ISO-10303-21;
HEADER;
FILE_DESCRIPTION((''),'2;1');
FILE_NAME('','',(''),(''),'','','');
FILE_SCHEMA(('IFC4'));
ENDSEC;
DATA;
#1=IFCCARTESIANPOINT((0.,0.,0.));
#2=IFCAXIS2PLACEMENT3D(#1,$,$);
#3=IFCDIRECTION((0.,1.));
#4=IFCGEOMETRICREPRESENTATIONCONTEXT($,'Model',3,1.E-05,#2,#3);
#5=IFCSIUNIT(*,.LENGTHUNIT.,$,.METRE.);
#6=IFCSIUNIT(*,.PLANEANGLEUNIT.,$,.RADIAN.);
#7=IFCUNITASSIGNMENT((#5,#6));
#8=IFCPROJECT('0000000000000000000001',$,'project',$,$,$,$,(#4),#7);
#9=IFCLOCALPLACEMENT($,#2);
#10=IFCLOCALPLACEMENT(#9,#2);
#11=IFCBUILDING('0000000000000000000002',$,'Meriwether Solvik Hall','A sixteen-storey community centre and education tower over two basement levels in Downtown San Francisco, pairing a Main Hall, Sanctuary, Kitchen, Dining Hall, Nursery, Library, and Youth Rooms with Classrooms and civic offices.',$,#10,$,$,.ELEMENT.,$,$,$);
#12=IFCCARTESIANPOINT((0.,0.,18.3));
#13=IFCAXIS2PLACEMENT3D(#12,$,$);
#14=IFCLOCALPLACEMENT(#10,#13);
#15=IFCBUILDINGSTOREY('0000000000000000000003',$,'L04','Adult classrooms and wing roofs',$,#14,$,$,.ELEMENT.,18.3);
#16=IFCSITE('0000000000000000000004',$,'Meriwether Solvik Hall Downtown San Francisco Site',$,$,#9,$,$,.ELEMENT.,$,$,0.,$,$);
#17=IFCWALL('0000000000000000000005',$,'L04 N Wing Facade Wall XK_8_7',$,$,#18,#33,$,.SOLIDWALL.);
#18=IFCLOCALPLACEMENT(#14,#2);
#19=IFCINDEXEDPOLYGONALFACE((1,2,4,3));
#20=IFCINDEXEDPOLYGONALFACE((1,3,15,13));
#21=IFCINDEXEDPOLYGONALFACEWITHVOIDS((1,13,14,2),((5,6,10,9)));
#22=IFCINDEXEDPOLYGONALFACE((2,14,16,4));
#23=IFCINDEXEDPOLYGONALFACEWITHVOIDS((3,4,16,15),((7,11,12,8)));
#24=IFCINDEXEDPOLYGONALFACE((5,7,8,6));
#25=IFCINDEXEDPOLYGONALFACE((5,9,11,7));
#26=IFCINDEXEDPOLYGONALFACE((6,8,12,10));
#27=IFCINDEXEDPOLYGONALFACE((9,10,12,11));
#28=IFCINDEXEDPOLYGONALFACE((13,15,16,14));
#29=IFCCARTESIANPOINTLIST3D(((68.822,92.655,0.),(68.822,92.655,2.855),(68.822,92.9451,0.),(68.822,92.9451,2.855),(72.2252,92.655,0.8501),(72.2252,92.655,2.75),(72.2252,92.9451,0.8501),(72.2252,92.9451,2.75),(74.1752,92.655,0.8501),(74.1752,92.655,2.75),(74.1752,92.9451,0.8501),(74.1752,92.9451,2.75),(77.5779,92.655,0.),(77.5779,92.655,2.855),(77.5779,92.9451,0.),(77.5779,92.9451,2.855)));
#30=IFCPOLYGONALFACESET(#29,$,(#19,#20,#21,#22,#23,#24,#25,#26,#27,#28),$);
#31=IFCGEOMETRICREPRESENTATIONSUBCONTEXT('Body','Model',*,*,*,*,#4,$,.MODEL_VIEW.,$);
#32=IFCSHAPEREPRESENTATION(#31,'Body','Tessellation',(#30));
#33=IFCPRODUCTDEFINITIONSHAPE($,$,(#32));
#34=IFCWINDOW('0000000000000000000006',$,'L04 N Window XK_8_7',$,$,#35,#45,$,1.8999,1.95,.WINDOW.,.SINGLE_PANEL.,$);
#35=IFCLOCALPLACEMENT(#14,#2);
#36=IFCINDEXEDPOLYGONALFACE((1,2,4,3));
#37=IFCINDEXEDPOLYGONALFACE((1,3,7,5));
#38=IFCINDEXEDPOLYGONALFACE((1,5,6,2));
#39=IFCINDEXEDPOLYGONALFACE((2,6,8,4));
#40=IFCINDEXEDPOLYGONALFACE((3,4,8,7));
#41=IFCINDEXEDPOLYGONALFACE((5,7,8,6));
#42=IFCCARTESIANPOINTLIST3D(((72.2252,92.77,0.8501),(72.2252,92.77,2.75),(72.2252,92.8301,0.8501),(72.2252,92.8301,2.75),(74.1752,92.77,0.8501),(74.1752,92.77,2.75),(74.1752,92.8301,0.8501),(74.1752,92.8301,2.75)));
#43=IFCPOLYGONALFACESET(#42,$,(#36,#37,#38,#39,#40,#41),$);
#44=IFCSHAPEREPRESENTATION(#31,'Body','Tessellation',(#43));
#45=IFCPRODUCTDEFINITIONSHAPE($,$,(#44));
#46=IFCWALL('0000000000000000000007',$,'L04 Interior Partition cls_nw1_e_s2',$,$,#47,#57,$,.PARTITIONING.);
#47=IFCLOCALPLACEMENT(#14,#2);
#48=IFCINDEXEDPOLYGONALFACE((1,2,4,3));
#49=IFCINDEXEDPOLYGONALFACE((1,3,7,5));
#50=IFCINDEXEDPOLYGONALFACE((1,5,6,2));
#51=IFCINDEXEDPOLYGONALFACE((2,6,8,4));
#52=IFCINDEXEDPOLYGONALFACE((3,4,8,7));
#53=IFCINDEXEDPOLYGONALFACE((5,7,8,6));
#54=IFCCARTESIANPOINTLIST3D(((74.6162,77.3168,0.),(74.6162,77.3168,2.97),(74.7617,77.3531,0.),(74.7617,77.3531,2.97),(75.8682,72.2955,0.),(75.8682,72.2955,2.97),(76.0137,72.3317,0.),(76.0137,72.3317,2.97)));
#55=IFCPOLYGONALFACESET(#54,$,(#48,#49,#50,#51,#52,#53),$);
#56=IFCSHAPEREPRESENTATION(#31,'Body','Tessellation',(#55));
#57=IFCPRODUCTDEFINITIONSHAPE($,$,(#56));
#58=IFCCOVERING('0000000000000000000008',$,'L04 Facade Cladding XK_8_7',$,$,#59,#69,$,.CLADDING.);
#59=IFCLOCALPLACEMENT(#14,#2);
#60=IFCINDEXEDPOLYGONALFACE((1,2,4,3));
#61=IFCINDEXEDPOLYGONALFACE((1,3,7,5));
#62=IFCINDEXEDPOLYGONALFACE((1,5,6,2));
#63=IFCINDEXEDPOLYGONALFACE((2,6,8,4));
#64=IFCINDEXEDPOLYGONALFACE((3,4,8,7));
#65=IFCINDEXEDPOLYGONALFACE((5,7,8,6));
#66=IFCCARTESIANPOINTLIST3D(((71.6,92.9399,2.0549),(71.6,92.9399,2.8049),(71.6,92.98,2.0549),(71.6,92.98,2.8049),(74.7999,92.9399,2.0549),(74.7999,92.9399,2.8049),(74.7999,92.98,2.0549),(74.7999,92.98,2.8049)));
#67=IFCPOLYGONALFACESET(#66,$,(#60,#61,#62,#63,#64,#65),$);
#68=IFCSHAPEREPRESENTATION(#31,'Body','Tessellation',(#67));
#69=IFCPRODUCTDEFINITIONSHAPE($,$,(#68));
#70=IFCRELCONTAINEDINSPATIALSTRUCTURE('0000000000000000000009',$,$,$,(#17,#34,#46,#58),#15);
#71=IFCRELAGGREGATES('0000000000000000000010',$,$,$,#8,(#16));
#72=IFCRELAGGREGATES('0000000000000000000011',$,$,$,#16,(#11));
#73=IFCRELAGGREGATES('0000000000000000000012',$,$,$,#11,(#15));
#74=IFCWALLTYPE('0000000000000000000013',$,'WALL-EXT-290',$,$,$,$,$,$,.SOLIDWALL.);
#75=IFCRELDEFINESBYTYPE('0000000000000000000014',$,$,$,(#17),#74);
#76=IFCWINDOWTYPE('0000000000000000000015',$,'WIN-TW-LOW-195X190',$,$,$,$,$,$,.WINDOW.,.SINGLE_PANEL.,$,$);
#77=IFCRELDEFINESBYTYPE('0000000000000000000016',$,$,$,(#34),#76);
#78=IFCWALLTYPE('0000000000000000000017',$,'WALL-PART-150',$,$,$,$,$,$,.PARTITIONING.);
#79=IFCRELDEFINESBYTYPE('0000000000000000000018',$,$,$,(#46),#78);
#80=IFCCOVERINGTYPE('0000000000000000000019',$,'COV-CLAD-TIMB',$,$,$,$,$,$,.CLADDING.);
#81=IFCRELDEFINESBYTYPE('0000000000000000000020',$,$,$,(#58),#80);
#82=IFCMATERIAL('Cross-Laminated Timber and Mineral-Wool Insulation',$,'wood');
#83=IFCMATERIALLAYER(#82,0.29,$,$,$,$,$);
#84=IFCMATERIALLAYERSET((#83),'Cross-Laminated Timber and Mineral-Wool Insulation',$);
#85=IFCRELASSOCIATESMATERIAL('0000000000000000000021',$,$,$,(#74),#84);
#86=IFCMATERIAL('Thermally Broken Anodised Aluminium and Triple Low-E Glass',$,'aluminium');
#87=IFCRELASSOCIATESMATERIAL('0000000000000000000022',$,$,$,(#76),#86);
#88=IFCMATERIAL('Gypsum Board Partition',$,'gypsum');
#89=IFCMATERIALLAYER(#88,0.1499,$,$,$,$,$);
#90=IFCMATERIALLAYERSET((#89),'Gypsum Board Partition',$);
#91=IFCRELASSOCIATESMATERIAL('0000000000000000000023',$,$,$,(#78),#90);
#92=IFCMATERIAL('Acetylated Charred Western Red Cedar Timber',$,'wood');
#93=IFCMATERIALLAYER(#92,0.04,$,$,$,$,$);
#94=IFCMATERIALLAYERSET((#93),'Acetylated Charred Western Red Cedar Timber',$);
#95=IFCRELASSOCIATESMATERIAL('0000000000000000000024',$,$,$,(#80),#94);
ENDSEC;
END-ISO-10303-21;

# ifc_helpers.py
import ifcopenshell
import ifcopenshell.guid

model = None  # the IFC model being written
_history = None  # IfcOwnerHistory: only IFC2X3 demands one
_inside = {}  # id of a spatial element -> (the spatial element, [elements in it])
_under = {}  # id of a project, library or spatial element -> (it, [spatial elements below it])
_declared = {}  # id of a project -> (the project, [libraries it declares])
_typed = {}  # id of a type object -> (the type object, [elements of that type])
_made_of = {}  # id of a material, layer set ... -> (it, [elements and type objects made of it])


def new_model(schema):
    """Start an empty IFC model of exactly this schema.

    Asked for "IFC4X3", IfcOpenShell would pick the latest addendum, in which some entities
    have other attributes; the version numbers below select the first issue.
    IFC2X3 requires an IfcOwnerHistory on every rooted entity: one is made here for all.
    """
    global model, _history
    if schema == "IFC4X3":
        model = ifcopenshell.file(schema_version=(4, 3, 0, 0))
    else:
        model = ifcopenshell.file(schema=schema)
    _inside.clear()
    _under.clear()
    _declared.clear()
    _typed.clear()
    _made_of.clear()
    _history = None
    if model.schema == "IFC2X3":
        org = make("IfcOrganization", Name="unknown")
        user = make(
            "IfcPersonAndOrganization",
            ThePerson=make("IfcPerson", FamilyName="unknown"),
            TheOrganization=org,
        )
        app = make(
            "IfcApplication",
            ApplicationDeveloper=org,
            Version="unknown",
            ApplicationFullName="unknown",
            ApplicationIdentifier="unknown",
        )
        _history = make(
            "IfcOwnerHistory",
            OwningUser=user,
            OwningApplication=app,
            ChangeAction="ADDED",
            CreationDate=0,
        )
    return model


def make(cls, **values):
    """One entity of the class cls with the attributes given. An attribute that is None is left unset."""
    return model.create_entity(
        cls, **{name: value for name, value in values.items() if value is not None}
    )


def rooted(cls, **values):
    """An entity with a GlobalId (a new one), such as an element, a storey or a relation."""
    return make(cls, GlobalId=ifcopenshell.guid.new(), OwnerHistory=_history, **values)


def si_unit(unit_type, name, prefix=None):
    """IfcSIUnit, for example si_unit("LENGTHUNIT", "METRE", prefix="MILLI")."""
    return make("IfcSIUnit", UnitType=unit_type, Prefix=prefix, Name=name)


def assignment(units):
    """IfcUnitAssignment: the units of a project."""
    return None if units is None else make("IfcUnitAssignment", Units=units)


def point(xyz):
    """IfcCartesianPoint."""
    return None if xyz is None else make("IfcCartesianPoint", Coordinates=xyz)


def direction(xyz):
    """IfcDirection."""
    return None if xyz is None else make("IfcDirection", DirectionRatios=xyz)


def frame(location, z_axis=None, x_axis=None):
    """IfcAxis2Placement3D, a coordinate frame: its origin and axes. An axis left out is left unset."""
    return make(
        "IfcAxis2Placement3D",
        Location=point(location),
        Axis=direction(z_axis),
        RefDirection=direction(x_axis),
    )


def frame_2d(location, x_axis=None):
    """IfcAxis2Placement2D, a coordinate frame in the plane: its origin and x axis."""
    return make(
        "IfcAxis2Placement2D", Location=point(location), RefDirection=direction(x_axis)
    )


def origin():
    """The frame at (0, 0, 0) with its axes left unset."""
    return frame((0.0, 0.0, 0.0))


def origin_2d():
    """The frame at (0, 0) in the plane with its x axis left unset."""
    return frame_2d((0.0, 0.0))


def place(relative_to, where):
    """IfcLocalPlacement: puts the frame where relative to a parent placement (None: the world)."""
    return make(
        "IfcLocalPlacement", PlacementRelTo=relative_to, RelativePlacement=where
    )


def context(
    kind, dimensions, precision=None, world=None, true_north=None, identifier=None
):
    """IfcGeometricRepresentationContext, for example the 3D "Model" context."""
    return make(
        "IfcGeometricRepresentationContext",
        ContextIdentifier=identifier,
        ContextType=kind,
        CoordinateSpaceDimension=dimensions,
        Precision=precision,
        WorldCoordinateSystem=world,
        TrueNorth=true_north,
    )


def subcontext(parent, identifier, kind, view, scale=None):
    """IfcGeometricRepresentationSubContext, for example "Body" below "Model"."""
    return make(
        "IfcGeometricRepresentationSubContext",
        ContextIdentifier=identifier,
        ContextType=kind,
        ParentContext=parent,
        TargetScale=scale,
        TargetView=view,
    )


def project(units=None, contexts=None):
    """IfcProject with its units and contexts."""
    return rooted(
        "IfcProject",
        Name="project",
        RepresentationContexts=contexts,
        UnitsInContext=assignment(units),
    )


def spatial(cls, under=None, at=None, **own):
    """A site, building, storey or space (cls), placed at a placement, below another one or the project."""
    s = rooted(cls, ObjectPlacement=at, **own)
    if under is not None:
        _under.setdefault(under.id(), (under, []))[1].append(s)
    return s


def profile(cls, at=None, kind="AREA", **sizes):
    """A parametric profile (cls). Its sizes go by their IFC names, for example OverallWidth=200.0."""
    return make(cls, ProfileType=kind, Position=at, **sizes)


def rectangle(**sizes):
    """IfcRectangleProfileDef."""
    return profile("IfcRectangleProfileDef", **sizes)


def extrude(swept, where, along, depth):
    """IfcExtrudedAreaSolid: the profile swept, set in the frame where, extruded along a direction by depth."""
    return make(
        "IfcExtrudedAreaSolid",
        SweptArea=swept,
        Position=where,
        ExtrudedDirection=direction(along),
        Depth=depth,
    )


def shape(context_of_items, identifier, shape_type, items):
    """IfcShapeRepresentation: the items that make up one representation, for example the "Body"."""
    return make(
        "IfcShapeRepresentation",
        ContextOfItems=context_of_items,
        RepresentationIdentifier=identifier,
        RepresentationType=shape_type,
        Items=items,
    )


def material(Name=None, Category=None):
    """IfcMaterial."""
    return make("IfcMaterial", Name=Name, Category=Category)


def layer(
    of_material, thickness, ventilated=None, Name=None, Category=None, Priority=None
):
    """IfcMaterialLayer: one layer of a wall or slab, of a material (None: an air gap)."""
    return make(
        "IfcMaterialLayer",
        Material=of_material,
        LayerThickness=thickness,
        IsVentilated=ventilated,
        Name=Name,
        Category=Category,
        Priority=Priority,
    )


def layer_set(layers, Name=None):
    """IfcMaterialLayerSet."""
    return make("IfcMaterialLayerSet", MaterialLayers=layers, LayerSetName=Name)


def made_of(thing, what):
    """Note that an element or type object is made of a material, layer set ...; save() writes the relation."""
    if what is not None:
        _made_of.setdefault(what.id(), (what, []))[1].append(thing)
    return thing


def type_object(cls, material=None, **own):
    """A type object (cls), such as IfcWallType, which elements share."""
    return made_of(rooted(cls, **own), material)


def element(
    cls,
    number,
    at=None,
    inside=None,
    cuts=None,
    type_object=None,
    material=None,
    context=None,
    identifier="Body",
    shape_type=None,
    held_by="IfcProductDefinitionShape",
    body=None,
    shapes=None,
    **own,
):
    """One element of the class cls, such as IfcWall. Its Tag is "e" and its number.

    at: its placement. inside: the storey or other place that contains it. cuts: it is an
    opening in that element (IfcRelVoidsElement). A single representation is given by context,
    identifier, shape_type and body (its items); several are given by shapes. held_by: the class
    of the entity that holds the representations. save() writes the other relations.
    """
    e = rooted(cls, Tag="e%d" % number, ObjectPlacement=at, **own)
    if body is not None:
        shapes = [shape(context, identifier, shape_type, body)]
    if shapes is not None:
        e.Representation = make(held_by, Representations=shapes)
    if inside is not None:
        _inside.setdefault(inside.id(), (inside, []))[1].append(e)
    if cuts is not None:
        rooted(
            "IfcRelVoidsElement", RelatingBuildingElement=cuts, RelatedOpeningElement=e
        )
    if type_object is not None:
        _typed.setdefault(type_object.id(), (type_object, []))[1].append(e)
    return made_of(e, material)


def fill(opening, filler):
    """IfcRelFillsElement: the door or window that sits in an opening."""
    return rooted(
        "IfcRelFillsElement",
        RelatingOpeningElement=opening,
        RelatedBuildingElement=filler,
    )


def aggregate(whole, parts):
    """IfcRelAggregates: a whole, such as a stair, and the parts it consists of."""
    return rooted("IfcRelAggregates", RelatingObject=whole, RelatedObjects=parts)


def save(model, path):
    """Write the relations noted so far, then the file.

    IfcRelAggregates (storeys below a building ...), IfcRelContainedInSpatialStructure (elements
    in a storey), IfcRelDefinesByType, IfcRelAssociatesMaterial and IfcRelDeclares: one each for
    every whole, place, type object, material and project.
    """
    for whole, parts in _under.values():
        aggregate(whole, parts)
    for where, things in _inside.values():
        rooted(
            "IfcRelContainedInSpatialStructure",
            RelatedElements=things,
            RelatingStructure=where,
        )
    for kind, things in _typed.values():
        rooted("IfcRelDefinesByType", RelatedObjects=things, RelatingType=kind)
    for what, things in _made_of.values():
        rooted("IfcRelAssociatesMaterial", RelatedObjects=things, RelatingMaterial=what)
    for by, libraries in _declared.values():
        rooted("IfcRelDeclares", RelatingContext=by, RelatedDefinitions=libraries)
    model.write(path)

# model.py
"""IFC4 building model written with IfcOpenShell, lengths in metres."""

from ifc_helpers import new_model, si_unit, direction, frame, frame_2d, origin, origin_2d, place, context, subcontext, project, spatial, rectangle, extrude, material, layer, layer_set, type_object, element, fill, save


model = new_model("IFC4")

# Units and contexts
model_context = context("Model", 3, precision=1e-05, world=origin(), true_north=direction((0.0, 1.0)))
body_context = subcontext(model_context, "Body", "Model", "MODEL_VIEW")
ifc_project = project(units=[si_unit("LENGTHUNIT", "METRE"), si_unit("PLANEANGLEUNIT", "RADIAN")], contexts=[model_context])

# Site, building, storey
site_placement = place(None, origin())
site = spatial("IfcSite", under=ifc_project, at=site_placement, Name="Meriwether Solvik Hall Downtown San Francisco Site", CompositionType="ELEMENT", RefElevation=0.0)
building_placement = place(site_placement, origin())
building = spatial("IfcBuilding", under=site, at=building_placement, Name="Meriwether Solvik Hall", Description="A sixteen-storey community centre and education tower over two basement levels in Downtown San Francisco, pairing a Main Hall, Sanctuary, Kitchen, Dining Hall, Nursery, Library, and Youth Rooms with Classrooms and civic offices.", CompositionType="ELEMENT")
storey_placement = place(building_placement, frame((0.0, 0.0, 18.3)))
storey = spatial("IfcBuildingStorey", under=building, at=storey_placement, Name="L04", Description="Adult classrooms and wing roofs", CompositionType="ELEMENT", Elevation=18.3)

# Wall, opening, window
ifc_material_1 = material(Name="Cross-Laminated Timber and Mineral-Wool Insulation", Category="wood")
ifc_layer_1 = layer(ifc_material_1, 0.29)
ifc_layer_set_1 = layer_set([ifc_layer_1], Name="Cross-Laminated Timber and Mineral-Wool Insulation")
wall_type_1 = type_object("IfcWallType", Name="WALL-EXT-290", PredefinedType="SOLIDWALL", material=ifc_layer_set_1)
wall_1_placement = place(storey_placement, frame((68.822, 92.8, 0.0), z_axis=(0.0, 0.0, 1.0), x_axis=(1.0, 0.0, 0.0)))
wall_1 = element("IfcWall", 1, at=wall_1_placement, inside=storey, type_object=wall_type_1, Name="L04 N Wing Facade Wall XK_8_7", PredefinedType="SOLIDWALL", context=body_context, shape_type="SweptSolid", body=[
    extrude(rectangle(XDim=8.7559, YDim=0.29, at=frame_2d((4.3779, 0.0))), origin(), (0.0, 0.0, 1.0), 2.855),
])
opening_placement = place(wall_1_placement, frame((3.4031, 0.0, 0.8501)))
opening = element("IfcOpeningElement", 2, at=opening_placement, cuts=wall_1, PredefinedType="OPENING", context=body_context, shape_type="SweptSolid", body=[
    extrude(rectangle(XDim=1.95, YDim=1.8999, at=frame_2d((0.9751, 0.95))), frame((0.0, 0.157, 0.0), z_axis=(0.0, -1.0, 0.0), x_axis=(1.0, 0.0, 0.0)), (0.0, 0.0, 1.0), 0.314),
])
ifc_material_2 = material(Name="Thermally Broken Anodised Aluminium and Triple Low-E Glass", Category="aluminium")
window_type = type_object("IfcWindowType", Name="WIN-TW-LOW-195X190", PartitioningType="SINGLE_PANEL", PredefinedType="WINDOW", material=ifc_material_2)
window_placement = place(opening_placement, origin())
window = element("IfcWindow", 3, at=window_placement, inside=storey, type_object=window_type, Name="L04 N Window XK_8_7", OverallHeight=1.8999, OverallWidth=1.95, PartitioningType="SINGLE_PANEL", PredefinedType="WINDOW", context=body_context, shape_type="SweptSolid", body=[
    extrude(rectangle(XDim=1.95, YDim=1.8999, at=frame_2d((0.9751, 0.95))), frame((0.0, 0.03, 0.0), z_axis=(0.0, -1.0, 0.0), x_axis=(1.0, 0.0, 0.0)), (0.0, 0.0, 1.0), 0.0601),
])
fill(opening, window)

# Wall
ifc_material_3 = material(Name="Gypsum Board Partition", Category="gypsum")
ifc_layer_2 = layer(ifc_material_3, 0.1499)
ifc_layer_set_2 = layer_set([ifc_layer_2], Name="Gypsum Board Partition")
wall_type_2 = type_object("IfcWallType", Name="WALL-PART-150", PredefinedType="PARTITIONING", material=ifc_layer_set_2)
wall_2_placement = place(storey_placement, frame((75.9409, 72.3137, 0.0), z_axis=(0.0, 0.0, 1.0), x_axis=(-0.241925, 0.970295, 0.0)))
element("IfcWall", 4, at=wall_2_placement, inside=storey, type_object=wall_type_2, Name="L04 Interior Partition cls_nw1_e_s2", PredefinedType="PARTITIONING", context=body_context, shape_type="SweptSolid", body=[
    extrude(rectangle(XDim=5.175, YDim=0.1499, at=frame_2d((2.5874, 0.0))), origin(), (0.0, 0.0, 1.0), 2.97),
])

# Covering
ifc_material_4 = material(Name="Acetylated Charred Western Red Cedar Timber", Category="wood")
ifc_layer_3 = layer(ifc_material_4, 0.04)
ifc_layer_set_3 = layer_set([ifc_layer_3], Name="Acetylated Charred Western Red Cedar Timber")
covering_type = type_object("IfcCoveringType", Name="COV-CLAD-TIMB", PredefinedType="CLADDING", material=ifc_layer_set_3)
covering_placement = place(storey_placement, frame((73.2, 92.96, 2.0549), z_axis=(0.0, 0.0, 1.0), x_axis=(1.0, 0.0, 0.0)))
element("IfcCovering", 5, at=covering_placement, inside=storey, type_object=covering_type, Name="L04 Facade Cladding XK_8_7", PredefinedType="CLADDING", context=body_context, shape_type="SweptSolid", body=[
    extrude(rectangle(XDim=3.2, YDim=0.04, at=origin_2d()), origin(), (0.0, 0.0, 1.0), 0.75),
])

save(model, "model.ifc")
